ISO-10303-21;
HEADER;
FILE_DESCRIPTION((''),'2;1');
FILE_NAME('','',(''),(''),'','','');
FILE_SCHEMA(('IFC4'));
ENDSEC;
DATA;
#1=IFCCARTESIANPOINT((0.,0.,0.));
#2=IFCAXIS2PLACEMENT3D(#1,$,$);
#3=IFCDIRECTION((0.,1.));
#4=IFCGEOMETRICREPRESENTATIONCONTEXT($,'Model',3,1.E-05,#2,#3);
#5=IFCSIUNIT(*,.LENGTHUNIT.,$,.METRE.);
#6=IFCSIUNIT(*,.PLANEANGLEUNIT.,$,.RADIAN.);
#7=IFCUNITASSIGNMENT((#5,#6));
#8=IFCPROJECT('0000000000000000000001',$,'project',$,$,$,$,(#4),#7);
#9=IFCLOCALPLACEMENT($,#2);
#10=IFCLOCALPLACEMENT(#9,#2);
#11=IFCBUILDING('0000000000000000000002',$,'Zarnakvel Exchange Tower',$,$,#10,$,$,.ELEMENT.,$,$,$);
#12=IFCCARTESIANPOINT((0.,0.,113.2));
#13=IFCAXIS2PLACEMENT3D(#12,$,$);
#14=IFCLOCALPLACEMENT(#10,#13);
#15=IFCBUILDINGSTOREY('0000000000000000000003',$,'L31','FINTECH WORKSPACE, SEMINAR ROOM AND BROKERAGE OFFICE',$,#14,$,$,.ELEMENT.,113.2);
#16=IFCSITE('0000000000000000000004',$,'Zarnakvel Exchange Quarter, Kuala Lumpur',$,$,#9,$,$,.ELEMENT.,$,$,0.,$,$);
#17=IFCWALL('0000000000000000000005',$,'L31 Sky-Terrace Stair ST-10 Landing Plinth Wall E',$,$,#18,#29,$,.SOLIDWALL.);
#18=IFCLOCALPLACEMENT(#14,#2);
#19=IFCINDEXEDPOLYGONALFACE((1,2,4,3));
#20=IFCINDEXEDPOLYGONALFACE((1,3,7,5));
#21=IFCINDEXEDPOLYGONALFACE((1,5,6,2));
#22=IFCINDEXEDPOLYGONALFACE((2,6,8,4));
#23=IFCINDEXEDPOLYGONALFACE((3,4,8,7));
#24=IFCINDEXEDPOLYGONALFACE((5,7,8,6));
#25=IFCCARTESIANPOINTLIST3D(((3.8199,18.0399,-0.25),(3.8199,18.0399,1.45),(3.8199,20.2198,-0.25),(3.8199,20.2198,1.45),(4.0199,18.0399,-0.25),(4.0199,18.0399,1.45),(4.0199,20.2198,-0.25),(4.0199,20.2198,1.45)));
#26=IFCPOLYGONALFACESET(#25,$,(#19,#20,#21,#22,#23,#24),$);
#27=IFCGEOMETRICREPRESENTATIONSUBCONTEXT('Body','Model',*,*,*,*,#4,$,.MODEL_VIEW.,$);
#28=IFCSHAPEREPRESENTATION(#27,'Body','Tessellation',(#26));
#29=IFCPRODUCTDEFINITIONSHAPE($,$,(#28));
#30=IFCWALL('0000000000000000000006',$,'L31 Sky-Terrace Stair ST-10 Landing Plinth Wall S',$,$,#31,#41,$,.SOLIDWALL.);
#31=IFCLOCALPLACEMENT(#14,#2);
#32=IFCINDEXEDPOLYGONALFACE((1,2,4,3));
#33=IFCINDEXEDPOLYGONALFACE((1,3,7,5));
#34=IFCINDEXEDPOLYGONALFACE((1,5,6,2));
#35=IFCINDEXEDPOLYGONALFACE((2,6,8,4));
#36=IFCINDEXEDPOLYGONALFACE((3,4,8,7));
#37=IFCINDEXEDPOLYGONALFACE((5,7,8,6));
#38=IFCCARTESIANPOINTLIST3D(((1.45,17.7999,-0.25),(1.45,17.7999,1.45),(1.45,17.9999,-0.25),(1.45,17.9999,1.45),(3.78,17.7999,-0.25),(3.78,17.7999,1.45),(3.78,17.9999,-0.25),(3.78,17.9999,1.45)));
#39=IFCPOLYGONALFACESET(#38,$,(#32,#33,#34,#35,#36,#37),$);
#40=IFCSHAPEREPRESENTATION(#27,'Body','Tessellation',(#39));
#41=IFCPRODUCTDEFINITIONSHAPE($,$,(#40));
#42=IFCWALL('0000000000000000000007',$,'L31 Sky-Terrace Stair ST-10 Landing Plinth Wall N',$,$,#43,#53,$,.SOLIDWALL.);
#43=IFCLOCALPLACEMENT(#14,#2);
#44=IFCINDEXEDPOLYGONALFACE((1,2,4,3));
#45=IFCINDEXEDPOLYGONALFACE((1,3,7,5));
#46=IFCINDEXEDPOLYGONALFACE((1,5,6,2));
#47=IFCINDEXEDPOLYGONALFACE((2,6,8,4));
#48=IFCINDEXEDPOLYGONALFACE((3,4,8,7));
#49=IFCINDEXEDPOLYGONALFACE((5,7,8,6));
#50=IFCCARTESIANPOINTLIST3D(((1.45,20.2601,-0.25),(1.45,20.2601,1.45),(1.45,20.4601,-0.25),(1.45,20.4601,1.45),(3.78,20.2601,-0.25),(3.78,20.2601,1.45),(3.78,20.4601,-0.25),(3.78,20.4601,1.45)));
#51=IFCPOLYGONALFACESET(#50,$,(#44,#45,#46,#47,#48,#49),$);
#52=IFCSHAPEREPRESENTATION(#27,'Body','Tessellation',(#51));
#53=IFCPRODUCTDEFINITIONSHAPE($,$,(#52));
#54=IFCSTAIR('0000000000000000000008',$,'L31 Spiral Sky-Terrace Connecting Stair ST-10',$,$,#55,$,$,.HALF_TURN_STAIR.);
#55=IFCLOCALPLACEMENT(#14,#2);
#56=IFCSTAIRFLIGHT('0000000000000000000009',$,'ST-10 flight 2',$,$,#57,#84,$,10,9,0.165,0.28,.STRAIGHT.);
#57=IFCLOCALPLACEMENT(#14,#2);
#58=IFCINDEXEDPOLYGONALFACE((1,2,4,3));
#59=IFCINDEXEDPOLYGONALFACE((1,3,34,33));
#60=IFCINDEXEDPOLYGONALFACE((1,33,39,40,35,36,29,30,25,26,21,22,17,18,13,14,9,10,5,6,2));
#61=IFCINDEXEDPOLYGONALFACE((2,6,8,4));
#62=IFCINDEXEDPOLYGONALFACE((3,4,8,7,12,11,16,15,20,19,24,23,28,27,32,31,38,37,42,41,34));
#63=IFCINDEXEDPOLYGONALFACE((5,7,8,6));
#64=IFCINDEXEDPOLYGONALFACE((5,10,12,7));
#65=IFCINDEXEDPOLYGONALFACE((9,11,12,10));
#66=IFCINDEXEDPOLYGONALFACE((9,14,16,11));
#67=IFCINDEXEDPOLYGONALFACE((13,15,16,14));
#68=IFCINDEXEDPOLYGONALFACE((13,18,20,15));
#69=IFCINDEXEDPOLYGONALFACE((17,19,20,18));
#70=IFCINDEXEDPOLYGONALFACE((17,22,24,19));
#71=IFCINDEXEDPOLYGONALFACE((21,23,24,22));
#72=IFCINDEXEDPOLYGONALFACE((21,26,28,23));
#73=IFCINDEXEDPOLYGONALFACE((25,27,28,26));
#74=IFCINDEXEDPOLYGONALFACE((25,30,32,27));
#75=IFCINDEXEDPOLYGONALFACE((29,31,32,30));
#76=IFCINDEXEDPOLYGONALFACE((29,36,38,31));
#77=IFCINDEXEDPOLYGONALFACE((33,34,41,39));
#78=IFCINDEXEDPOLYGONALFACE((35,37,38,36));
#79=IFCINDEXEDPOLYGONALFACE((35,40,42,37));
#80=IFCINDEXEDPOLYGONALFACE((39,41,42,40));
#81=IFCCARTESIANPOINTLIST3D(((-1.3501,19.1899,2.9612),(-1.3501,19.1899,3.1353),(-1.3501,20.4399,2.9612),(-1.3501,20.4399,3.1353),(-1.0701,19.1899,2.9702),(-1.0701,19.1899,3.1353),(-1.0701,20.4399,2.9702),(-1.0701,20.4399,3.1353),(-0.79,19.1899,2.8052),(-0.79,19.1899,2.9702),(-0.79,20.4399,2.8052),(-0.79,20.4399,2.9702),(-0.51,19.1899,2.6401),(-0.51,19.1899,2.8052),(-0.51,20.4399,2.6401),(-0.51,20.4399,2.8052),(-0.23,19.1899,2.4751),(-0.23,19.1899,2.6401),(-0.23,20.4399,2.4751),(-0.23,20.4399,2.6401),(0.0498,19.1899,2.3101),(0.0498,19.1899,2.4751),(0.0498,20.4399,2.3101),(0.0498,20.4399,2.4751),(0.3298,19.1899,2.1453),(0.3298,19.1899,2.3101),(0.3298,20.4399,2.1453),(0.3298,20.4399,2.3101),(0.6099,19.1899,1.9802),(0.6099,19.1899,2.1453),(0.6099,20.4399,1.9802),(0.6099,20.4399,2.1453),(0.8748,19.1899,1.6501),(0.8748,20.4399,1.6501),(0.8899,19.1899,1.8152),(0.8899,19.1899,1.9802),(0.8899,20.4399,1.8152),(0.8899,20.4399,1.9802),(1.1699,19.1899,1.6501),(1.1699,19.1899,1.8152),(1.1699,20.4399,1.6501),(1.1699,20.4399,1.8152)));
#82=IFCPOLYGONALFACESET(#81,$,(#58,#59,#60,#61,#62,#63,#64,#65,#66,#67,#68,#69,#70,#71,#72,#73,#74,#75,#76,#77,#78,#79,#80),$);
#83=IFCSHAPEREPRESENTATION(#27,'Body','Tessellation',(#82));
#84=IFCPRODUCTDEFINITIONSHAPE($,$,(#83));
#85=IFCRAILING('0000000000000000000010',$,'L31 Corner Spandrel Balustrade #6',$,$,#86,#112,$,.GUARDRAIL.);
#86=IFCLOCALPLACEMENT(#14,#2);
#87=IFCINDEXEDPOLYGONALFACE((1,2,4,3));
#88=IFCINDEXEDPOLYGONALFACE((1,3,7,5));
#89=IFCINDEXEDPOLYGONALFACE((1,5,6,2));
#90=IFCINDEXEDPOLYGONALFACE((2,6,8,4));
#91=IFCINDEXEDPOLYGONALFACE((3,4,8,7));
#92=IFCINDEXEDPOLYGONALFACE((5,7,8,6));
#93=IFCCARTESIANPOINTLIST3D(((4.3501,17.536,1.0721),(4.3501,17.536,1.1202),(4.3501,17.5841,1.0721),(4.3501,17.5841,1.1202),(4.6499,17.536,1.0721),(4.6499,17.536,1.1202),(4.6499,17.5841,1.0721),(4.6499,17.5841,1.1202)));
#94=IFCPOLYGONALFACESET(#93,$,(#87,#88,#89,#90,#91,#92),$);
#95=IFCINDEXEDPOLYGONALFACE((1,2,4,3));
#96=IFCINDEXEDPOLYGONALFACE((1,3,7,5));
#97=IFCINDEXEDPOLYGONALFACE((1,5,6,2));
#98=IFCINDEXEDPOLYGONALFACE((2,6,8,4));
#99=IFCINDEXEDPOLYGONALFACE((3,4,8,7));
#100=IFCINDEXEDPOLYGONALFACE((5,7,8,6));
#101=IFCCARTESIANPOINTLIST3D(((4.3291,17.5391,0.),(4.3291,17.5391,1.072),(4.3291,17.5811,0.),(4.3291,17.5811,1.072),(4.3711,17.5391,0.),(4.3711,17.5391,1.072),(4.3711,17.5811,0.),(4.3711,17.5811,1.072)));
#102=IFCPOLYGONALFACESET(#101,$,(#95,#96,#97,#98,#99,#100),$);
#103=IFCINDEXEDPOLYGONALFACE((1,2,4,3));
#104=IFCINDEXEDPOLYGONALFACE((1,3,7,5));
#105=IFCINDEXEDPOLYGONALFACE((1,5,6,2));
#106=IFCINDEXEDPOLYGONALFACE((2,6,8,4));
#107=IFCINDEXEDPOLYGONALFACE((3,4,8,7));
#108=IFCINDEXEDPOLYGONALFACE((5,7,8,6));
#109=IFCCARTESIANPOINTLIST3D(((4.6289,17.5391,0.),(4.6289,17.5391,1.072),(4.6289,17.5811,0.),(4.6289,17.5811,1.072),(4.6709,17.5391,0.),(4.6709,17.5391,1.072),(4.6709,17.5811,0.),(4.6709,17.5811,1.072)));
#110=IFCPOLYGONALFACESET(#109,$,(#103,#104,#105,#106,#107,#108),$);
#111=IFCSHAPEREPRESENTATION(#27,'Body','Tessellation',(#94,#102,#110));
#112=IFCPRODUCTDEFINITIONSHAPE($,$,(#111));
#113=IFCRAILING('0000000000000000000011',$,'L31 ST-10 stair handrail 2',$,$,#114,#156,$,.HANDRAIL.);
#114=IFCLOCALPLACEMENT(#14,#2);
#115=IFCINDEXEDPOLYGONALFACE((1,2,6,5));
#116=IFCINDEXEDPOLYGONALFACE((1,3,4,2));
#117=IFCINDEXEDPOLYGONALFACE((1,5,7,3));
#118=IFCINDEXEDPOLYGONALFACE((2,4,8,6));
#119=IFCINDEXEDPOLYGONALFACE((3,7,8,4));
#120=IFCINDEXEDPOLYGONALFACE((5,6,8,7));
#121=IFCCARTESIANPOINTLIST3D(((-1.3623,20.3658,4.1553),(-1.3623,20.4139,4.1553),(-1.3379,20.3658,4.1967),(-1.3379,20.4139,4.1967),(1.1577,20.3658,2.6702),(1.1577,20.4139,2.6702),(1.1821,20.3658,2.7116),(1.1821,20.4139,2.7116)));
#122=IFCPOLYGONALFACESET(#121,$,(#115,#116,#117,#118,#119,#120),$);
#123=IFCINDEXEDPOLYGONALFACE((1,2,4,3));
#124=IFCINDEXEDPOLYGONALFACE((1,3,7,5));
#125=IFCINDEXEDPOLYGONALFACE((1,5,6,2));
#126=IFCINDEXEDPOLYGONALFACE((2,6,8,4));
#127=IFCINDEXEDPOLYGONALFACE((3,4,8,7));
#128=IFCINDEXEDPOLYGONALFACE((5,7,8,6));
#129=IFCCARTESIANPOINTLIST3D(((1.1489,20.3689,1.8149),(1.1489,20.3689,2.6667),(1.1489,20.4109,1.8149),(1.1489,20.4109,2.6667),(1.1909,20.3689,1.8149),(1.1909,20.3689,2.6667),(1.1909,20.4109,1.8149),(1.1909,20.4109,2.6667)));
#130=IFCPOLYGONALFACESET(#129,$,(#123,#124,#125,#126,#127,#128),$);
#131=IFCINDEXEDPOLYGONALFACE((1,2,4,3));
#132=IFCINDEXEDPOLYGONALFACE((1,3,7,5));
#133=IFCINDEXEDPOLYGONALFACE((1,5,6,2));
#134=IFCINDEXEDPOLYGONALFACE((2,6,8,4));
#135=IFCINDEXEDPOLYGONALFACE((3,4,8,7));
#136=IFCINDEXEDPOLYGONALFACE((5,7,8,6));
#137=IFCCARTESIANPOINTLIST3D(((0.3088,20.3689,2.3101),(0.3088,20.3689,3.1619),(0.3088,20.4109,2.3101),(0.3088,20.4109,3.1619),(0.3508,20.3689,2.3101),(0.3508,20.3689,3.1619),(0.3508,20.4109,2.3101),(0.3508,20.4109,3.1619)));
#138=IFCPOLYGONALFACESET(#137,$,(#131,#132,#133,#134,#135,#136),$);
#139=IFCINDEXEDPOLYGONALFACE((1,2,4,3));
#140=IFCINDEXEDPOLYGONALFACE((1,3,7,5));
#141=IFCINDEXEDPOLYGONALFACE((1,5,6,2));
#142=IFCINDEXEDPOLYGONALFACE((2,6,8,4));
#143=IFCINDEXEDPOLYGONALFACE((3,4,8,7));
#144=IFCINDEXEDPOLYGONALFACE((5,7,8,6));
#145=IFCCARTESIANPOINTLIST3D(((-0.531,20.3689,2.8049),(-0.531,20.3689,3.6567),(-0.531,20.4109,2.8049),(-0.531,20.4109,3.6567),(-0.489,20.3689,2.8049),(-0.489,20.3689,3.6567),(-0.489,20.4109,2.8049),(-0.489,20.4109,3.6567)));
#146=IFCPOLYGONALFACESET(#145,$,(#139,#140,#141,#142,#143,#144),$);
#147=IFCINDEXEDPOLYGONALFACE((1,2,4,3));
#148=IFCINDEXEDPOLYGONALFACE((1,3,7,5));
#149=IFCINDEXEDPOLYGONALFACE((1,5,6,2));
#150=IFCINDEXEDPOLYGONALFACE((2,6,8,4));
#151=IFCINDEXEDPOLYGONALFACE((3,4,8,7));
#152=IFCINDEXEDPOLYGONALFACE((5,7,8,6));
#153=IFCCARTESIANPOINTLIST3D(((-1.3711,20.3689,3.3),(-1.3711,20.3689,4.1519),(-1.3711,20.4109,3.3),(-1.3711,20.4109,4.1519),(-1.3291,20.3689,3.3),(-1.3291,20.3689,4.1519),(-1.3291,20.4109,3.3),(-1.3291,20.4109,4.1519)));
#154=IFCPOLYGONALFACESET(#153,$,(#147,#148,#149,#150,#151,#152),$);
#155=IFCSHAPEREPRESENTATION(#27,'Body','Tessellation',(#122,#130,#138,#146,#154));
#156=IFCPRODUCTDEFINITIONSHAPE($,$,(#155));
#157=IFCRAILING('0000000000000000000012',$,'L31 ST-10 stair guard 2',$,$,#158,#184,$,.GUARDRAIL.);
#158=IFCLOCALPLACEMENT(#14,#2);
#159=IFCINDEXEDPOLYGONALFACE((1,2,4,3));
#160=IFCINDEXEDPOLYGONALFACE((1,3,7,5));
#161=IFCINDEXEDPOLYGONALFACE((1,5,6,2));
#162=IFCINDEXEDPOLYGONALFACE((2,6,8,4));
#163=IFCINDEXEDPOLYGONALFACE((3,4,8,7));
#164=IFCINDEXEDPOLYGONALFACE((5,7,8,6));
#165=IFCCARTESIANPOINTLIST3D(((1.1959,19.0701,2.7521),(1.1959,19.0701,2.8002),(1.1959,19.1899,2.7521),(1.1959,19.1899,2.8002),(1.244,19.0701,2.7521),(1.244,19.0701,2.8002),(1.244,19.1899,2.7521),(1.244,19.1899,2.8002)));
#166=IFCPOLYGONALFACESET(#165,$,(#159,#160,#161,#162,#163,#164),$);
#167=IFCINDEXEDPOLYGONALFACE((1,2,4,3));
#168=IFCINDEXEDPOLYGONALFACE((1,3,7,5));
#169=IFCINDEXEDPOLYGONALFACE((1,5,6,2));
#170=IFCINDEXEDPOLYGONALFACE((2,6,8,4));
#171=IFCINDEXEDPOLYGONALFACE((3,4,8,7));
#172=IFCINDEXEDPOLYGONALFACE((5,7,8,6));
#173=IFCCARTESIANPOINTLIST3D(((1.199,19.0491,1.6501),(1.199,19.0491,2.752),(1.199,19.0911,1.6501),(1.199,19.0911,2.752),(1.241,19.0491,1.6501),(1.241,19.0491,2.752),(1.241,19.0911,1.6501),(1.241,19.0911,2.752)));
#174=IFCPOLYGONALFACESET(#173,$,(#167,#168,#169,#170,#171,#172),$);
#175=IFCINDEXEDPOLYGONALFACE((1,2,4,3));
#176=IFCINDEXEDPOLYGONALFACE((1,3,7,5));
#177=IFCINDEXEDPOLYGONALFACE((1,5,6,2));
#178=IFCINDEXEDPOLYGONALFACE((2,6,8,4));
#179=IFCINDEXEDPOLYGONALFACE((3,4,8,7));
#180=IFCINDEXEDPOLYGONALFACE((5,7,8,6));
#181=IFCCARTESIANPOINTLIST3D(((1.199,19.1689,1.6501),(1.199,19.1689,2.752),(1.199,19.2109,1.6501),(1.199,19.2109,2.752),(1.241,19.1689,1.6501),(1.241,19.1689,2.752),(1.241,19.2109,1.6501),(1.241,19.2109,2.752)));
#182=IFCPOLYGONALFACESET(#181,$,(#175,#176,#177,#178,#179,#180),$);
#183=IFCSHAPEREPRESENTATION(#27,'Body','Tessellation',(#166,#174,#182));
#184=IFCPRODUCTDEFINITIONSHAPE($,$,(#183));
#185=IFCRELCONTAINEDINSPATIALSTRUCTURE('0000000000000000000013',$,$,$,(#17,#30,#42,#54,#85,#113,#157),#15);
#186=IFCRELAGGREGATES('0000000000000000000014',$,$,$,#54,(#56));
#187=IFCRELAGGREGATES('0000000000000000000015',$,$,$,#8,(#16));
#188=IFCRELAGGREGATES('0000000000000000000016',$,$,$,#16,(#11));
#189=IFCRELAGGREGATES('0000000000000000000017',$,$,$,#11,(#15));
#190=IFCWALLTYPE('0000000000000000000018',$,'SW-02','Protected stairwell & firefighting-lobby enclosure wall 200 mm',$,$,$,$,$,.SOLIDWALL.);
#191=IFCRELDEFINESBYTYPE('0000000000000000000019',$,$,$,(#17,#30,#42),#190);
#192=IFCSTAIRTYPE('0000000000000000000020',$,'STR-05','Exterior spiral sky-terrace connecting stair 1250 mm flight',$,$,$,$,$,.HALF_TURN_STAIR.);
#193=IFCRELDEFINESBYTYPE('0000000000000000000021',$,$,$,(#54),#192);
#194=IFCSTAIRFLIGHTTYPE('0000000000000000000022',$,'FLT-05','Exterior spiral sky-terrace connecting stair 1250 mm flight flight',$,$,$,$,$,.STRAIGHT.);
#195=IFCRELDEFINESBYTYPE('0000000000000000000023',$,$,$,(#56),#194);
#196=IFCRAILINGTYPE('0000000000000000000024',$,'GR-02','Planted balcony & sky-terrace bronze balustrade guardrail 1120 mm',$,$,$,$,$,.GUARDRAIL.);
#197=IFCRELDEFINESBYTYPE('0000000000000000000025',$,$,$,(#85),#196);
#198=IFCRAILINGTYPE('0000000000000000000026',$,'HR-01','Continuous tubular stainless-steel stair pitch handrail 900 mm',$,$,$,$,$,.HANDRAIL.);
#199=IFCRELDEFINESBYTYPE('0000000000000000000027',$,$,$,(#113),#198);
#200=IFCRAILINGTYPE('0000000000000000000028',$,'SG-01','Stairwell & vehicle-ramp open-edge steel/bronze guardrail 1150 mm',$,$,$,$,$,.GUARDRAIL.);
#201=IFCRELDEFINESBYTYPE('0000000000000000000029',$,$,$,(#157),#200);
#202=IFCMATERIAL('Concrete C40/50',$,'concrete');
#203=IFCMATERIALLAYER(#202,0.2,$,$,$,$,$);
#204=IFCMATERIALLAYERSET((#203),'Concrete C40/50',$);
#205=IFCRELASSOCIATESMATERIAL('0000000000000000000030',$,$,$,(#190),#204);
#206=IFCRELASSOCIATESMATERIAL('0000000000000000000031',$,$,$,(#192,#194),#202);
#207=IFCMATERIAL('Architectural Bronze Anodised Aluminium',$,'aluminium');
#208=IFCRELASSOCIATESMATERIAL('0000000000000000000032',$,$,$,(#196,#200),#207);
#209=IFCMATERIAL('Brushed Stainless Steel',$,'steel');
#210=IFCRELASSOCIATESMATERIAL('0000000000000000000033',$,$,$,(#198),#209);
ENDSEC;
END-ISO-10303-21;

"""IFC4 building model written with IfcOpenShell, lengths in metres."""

from ifc_helpers import new_model, si_unit, direction, frame, frame_2d, origin, origin_2d, place, context, subcontext, project, spatial, polyline, rectangle, outline, extrude, material, layer, layer_set, type_object, element, aggregate, save


model = new_model("IFC4")

# Units and contexts
model_context = context("Model", 3, precision=1e-05, world=origin(), true_north=direction((0.0, 1.0)))
body_context = subcontext(model_context, "Body", "Model", "MODEL_VIEW")
ifc_project = project(units=[si_unit("LENGTHUNIT", "METRE"), si_unit("PLANEANGLEUNIT", "RADIAN")], contexts=[model_context])

# Site, building, storey
site_placement = place(None, origin())
site = spatial("IfcSite", under=ifc_project, at=site_placement, Name="Zarnakvel Exchange Quarter, Kuala Lumpur", CompositionType="ELEMENT", RefElevation=0.0)
building_placement = place(site_placement, origin())
building = spatial("IfcBuilding", under=site, at=building_placement, Name="Zarnakvel Exchange Tower", CompositionType="ELEMENT")
storey_placement = place(building_placement, frame((0.0, 0.0, 113.2)))
storey = spatial("IfcBuildingStorey", under=building, at=storey_placement, Name="L31", Description="FINTECH WORKSPACE, SEMINAR ROOM AND BROKERAGE OFFICE", CompositionType="ELEMENT", Elevation=113.2)

# Shared definitions
ifc_material_1 = material(Name="Architectural Bronze Anodised Aluminium", Category="aluminium")

# Walls
ifc_material_2 = material(Name="Concrete C40/50", Category="concrete")
ifc_layer_1 = layer(ifc_material_2, 0.2)
ifc_layer_set_1 = layer_set([ifc_layer_1], Name="Concrete C40/50")
wall_type_1 = type_object("IfcWallType", Name="SW-02", Description="Protected stairwell & firefighting-lobby enclosure wall 200 mm", PredefinedType="SOLIDWALL", material=ifc_layer_set_1)
wall_1_placement = place(storey_placement, frame((3.9199, 18.04, -0.25), z_axis=(0.0, 0.0, 1.0), x_axis=(0.0, 1.0, 0.0)))
element("IfcWall", 1, at=wall_1_placement, inside=storey, type_object=wall_type_1, Name="L31 Sky-Terrace Stair ST-10 Landing Plinth Wall E", PredefinedType="SOLIDWALL", context=body_context, shape_type="SweptSolid", body=[
    extrude(rectangle(XDim=2.1799, YDim=0.2, at=frame_2d((1.0898, 0.0))), origin(), (0.0, 0.0, 1.0), 1.7),
])
for number, where, z_axis, x_axis, name in (
    (2, (1.45, 17.8999, -0.25), (0.0, 0.0, 1.0), (1.0, 0.0, 0.0), "L31 Sky-Terrace Stair ST-10 Landing Plinth Wall S"),
    (3, (1.45, 20.3601, -0.25), (0.0, 0.0, 1.0), (1.0, 0.0, 0.0), "L31 Sky-Terrace Stair ST-10 Landing Plinth Wall N"),
):
    element("IfcWall", number, at=place(storey_placement, frame(where, z_axis=z_axis, x_axis=x_axis)), inside=storey, type_object=wall_type_1, Name=name, PredefinedType="SOLIDWALL", context=body_context, shape_type="SweptSolid", body=[
        extrude(rectangle(XDim=2.3301, YDim=0.2, at=frame_2d((1.165, 0.0))), origin(), (0.0, 0.0, 1.0), 1.7),
    ])

# Stair, stair flight
stair_type = type_object("IfcStairType", Name="STR-05", Description="Exterior spiral sky-terrace connecting stair 1250 mm flight", PredefinedType="HALF_TURN_STAIR", material=ifc_material_2)
stair_placement = place(storey_placement, origin())
stair = element("IfcStair", 4, at=stair_placement, inside=storey, type_object=stair_type, Name="L31 Spiral Sky-Terrace Connecting Stair ST-10", PredefinedType="HALF_TURN_STAIR")
stair_flight_type = type_object("IfcStairFlightType", Name="FLT-05", Description="Exterior spiral sky-terrace connecting stair 1250 mm flight flight", PredefinedType="STRAIGHT", material=ifc_material_2)
stair_flight_placement = place(storey_placement, frame((1.1699, 19.8149, 1.6501), z_axis=(0.0, 0.0, 1.0), x_axis=(-1.0, 0.0, 0.0)))
stair_flight = element("IfcStairFlight", 5, at=stair_flight_placement, type_object=stair_flight_type, Name="ST-10 flight 2", NumberOfRisers=10, NumberOfTreads=9, PredefinedType="STRAIGHT", RiserHeight=0.165, TreadLength=0.28, context=body_context, shape_type="SweptSolid", body=[
    extrude(outline(polyline([(0.0, 0.0), (0.0, 0.165), (0.28, 0.165), (0.28, 0.3301), (0.5601, 0.3301), (0.5601, 0.4951), (0.8401, 0.4951), (0.8401, 0.6599), (1.1201, 0.6599), (1.1201, 0.825), (1.3999, 0.825), (1.3999, 0.99), (1.6799, 0.99), (1.6799, 1.155), (1.96, 1.155), (1.96, 1.3201), (2.24, 1.3201), (2.24, 1.4851), (2.52, 1.4851), (2.52, 1.6499), (2.52, 1.311), (0.2952, 0.0), (0.0, 0.0)])), frame((0.0, 0.625, 0.0), z_axis=(0.0, -1.0, 0.0), x_axis=(1.0, 0.0, 0.0)), (0.0, 0.0, 1.0), 1.25),
])
aggregate(stair, [stair_flight])

# Railings
railing_type_1 = type_object("IfcRailingType", Name="GR-02", Description="Planted balcony & sky-terrace bronze balustrade guardrail 1120 mm", PredefinedType="GUARDRAIL", material=ifc_material_1)
railing_1_placement = place(storey_placement, frame((4.3501, 17.5601, 0.0)))
element("IfcRailing", 6, at=railing_1_placement, inside=storey, type_object=railing_type_1, Name="L31 Corner Spandrel Balustrade #6", PredefinedType="GUARDRAIL", context=body_context, shape_type="SweptSolid", body=[
    extrude(rectangle(XDim=0.0481, YDim=0.0481, at=origin_2d()), frame((0.0, 0.0, 1.0962), z_axis=(1.0, 0.0, 0.0), x_axis=(0.0, 1.0, 0.0)), (0.0, 0.0, 1.0), 0.2998),
    extrude(rectangle(XDim=0.042, YDim=0.042, at=origin_2d()), origin(), (0.0, 0.0, 1.0), 1.072),
    extrude(rectangle(XDim=0.042, YDim=0.042, at=origin_2d()), frame((0.2998, 0.0, 0.0)), (0.0, 0.0, 1.0), 1.072),
])
ifc_material_3 = material(Name="Brushed Stainless Steel", Category="steel")
railing_type_2 = type_object("IfcRailingType", Name="HR-01", Description="Continuous tubular stainless-steel stair pitch handrail 900 mm", PredefinedType="HANDRAIL", material=ifc_material_3)
railing_2_placement = place(storey_placement, frame((1.1699, 20.3899, 1.8149)))
element("IfcRailing", 7, at=railing_2_placement, inside=storey, type_object=railing_type_2, Name="L31 ST-10 stair handrail 2", PredefinedType="HANDRAIL", context=body_context, shape_type="SweptSolid", body=[
    extrude(rectangle(XDim=0.0481, YDim=0.0481, at=origin_2d()), frame((0.0, 0.0, 0.876), z_axis=(-0.861524, 0.0, 0.507717), x_axis=(0.0, -1.0, 0.0)), (0.0, 0.0, 1.0), 2.925),
    extrude(rectangle(XDim=0.042, YDim=0.042, at=origin_2d()), origin(), (0.0, 0.0, 1.0), 0.8518),
    extrude(rectangle(XDim=0.042, YDim=0.042, at=origin_2d()), frame((-0.8401, 0.0, 0.4951)), (0.0, 0.0, 1.0), 0.8518),
    extrude(rectangle(XDim=0.042, YDim=0.042, at=origin_2d()), frame((-1.6799, 0.0, 0.99)), (0.0, 0.0, 1.0), 0.8518),
    extrude(rectangle(XDim=0.042, YDim=0.042, at=origin_2d()), frame((-2.52, 0.0, 1.4851)), (0.0, 0.0, 1.0), 0.8518),
])
railing_type_3 = type_object("IfcRailingType", Name="SG-01", Description="Stairwell & vehicle-ramp open-edge steel/bronze guardrail 1150 mm", PredefinedType="GUARDRAIL", material=ifc_material_1)
railing_3_placement = place(storey_placement, frame((1.22, 19.0701, 1.6501)))
element("IfcRailing", 8, at=railing_3_placement, inside=storey, type_object=railing_type_3, Name="L31 ST-10 stair guard 2", PredefinedType="GUARDRAIL", context=body_context, shape_type="SweptSolid", body=[
    extrude(rectangle(XDim=0.0481, YDim=0.0481, at=origin_2d()), frame((0.0, 0.0, 1.126), z_axis=(0.0, 1.0, 0.0), x_axis=(-1.0, 0.0, 0.0)), (0.0, 0.0, 1.0), 0.1199),
    extrude(rectangle(XDim=0.042, YDim=0.042, at=origin_2d()), origin(), (0.0, 0.0, 1.0), 1.1018),
    extrude(rectangle(XDim=0.042, YDim=0.042, at=origin_2d()), frame((0.0, 0.1199, 0.0)), (0.0, 0.0, 1.0), 1.1018),
])

save(model, "model.ifc")
